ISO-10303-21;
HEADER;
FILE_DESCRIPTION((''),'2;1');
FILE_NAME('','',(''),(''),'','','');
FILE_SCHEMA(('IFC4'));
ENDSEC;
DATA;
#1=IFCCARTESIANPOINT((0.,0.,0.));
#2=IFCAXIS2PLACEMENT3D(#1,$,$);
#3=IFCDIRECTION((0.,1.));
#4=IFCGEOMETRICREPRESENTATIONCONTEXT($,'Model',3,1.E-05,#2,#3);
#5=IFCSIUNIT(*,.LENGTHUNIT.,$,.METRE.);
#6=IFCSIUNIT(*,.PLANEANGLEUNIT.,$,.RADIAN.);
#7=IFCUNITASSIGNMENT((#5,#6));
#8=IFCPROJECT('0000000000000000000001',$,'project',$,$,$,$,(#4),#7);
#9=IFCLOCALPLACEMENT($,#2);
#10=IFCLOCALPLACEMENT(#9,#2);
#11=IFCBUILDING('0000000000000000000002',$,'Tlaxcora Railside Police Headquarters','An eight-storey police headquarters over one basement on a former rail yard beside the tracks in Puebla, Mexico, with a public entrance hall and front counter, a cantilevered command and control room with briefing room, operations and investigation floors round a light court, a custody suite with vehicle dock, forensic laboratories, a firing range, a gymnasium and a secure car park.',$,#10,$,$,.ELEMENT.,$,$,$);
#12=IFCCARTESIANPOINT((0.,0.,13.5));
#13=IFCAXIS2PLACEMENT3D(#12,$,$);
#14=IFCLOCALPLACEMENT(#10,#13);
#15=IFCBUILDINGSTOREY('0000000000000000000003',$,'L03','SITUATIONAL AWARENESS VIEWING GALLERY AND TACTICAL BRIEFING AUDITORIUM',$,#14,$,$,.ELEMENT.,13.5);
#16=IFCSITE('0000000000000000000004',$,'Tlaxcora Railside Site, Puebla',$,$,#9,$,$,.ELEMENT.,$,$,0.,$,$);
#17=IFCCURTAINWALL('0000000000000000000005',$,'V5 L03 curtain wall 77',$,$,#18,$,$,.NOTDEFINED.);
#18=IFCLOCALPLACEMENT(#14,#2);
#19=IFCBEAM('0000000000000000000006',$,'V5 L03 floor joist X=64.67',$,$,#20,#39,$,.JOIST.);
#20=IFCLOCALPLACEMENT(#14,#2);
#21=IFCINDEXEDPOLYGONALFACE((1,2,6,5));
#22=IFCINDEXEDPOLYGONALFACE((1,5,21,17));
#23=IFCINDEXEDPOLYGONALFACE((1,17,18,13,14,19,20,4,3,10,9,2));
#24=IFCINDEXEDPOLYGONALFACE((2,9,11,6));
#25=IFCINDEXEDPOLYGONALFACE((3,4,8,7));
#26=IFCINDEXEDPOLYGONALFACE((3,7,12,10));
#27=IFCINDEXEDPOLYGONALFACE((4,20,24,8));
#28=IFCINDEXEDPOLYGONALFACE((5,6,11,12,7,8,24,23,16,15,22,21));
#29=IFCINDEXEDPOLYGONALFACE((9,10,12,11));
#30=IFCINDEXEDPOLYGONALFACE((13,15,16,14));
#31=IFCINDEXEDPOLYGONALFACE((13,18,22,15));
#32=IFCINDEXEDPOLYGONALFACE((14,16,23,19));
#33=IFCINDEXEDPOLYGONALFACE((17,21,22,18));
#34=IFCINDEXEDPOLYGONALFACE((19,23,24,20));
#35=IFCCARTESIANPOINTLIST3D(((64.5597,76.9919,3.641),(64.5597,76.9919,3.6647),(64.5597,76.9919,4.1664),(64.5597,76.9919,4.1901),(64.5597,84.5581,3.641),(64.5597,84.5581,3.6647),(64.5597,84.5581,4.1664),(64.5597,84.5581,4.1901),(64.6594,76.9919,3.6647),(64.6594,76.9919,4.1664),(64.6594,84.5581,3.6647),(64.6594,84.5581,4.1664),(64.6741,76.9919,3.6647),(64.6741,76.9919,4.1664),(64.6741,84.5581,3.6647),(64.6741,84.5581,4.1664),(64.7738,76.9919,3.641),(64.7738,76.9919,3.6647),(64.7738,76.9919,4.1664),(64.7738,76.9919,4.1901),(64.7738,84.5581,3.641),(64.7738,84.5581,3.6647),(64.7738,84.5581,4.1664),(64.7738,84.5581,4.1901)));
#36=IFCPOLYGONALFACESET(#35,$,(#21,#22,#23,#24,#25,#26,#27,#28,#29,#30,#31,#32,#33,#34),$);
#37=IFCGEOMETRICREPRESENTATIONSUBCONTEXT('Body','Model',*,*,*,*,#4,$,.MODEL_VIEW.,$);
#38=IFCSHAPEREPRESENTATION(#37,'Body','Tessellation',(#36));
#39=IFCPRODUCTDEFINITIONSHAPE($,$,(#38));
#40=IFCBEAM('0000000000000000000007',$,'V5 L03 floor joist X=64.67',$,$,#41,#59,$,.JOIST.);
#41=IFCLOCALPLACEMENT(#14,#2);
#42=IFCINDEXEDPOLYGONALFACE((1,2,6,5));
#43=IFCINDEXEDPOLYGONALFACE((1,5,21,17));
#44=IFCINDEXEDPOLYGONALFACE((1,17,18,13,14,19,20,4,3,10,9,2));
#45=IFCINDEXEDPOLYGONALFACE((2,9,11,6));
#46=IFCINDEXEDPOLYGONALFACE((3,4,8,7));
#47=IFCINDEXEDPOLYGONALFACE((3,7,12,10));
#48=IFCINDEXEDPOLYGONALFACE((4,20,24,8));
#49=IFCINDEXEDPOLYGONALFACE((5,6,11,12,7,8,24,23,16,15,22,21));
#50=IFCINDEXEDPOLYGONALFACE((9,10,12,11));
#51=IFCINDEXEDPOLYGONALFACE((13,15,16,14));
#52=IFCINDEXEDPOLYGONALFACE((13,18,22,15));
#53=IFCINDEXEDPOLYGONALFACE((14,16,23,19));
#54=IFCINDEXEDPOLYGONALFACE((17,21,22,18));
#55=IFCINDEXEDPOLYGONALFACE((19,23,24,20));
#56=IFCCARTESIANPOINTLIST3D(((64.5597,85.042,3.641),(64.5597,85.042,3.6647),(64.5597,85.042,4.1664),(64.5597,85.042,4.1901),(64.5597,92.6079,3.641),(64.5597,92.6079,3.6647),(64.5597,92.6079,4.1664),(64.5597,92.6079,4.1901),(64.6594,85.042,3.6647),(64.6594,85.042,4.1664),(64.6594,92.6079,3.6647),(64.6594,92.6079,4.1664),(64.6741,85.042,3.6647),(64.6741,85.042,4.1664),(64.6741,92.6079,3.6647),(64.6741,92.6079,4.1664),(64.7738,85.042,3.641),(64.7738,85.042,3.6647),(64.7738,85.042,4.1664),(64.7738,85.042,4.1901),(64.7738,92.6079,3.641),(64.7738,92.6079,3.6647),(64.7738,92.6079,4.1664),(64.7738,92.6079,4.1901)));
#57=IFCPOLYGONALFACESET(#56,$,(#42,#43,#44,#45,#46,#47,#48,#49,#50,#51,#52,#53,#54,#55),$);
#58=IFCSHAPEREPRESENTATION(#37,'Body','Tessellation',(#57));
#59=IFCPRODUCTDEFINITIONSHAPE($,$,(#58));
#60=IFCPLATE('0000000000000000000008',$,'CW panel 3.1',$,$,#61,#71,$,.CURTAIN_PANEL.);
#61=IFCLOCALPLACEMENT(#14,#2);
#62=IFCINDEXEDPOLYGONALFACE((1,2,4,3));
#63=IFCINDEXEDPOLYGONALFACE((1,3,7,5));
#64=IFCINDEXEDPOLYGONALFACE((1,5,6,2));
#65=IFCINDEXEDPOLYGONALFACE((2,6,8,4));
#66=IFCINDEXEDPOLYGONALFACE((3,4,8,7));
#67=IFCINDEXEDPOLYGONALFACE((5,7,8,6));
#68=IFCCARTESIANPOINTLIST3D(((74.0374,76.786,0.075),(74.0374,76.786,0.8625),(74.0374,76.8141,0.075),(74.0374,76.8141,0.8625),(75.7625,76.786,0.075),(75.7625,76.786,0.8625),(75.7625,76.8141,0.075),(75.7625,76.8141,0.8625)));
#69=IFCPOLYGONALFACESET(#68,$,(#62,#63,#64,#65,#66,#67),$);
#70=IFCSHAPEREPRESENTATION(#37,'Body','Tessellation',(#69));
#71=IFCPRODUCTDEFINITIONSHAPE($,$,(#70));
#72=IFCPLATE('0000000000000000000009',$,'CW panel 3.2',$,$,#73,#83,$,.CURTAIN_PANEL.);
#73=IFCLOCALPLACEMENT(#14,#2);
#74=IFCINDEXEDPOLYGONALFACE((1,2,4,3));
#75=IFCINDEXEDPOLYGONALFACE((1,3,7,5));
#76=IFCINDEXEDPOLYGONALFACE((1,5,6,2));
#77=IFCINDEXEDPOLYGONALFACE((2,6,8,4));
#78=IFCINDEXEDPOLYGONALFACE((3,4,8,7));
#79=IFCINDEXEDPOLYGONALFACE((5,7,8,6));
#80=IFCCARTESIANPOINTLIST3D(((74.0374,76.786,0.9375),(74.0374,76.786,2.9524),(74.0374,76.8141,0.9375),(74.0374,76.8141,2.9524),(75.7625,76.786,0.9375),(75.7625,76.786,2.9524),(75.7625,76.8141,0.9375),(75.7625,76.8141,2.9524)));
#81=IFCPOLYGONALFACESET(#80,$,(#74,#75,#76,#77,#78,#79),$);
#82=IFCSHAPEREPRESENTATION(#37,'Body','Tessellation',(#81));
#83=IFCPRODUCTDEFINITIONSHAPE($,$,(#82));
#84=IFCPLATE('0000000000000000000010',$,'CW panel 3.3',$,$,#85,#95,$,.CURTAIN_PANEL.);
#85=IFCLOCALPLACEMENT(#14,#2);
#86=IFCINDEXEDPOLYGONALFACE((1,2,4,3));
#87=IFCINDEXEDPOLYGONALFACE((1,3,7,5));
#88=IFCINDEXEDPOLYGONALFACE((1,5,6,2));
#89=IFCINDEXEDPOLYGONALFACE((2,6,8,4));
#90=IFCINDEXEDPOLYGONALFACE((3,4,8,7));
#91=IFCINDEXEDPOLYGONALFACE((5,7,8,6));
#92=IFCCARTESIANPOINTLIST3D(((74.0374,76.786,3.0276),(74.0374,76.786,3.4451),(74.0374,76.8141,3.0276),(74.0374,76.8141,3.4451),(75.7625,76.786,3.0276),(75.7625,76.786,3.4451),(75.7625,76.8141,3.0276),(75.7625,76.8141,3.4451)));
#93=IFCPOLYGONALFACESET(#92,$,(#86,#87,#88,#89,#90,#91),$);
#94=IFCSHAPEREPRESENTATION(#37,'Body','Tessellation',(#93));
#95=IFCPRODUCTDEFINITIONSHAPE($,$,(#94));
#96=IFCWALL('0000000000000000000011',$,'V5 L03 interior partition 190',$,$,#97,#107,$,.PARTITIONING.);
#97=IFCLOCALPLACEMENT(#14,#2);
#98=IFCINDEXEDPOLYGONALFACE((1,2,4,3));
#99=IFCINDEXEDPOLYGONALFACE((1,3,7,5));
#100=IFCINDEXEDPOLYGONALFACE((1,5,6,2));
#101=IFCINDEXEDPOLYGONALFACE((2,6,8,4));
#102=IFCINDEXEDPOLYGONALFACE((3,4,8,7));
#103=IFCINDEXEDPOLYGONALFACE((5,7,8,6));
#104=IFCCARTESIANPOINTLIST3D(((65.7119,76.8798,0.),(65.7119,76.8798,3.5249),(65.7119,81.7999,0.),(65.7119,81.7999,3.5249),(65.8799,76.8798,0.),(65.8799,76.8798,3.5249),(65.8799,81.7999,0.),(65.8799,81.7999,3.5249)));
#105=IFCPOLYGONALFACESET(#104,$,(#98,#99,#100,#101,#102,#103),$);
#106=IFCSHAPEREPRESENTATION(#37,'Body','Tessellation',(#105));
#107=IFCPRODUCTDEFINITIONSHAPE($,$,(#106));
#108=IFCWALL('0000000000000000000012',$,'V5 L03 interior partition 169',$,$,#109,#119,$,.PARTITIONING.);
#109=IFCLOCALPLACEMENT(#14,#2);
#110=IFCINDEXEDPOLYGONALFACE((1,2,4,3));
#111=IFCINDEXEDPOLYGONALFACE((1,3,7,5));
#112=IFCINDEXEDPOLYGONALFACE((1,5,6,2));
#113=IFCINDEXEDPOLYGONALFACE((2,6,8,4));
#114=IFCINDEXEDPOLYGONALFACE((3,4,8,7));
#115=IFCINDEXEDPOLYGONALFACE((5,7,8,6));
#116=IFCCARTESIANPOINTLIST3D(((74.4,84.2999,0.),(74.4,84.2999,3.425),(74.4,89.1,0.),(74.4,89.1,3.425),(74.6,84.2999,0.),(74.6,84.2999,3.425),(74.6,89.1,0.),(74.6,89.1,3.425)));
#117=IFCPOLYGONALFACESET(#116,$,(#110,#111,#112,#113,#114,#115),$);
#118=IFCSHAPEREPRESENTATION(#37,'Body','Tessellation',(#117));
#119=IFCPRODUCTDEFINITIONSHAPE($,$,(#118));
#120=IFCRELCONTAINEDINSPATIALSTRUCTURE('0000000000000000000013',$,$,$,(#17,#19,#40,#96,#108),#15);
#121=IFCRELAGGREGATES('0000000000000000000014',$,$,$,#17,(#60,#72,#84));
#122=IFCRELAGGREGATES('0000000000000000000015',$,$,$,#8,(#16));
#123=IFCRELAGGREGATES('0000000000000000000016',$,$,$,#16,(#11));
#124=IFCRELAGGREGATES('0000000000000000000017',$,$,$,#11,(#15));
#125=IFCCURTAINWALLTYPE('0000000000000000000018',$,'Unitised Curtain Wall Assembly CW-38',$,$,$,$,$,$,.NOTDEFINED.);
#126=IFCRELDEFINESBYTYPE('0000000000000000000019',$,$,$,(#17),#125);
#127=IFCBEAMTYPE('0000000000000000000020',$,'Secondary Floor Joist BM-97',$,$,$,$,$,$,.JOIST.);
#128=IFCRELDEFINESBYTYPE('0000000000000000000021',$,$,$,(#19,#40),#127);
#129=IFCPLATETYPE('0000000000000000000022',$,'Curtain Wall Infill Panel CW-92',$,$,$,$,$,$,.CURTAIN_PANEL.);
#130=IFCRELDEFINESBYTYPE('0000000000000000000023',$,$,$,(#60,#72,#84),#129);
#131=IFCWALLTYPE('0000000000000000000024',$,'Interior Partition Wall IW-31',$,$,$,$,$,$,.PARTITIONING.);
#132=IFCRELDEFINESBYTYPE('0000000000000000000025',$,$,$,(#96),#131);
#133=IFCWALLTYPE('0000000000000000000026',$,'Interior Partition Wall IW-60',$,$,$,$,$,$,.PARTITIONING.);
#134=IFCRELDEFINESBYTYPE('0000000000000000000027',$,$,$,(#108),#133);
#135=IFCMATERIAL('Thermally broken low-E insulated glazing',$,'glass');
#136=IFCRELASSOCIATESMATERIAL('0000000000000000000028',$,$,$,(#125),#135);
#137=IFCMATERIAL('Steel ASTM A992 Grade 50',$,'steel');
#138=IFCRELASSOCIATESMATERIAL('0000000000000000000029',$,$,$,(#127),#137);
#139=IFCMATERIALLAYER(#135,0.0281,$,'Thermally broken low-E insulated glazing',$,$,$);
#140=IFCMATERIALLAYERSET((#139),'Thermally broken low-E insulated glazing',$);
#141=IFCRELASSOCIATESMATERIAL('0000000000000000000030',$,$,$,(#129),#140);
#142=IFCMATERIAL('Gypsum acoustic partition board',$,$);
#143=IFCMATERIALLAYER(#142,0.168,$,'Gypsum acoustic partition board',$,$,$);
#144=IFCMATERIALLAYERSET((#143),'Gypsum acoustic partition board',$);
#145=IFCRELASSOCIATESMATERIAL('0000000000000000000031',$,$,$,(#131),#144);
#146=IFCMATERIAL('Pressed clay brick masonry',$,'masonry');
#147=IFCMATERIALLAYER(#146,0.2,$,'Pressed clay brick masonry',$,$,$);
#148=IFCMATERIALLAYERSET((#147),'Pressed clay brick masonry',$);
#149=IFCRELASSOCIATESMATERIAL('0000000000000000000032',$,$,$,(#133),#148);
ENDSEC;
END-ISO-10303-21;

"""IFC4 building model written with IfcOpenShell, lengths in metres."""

from ifc_helpers import new_model, si_unit, direction, frame, frame_2d, origin, origin_2d, place, context, subcontext, project, spatial, rectangle, i_section, extrude, material, layer, layer_set, material_profile, profile_set, type_object, element, aggregate, save


model = new_model("IFC4")

# Units and contexts
model_context = context("Model", 3, precision=1e-05, world=origin(), true_north=direction((0.0, 1.0)))
body_context = subcontext(model_context, "Body", "Model", "MODEL_VIEW")
ifc_project = project(units=[si_unit("LENGTHUNIT", "METRE"), si_unit("PLANEANGLEUNIT", "RADIAN")], contexts=[model_context])

# Site, building, storey
site_placement = place(None, origin())
site = spatial("IfcSite", under=ifc_project, at=site_placement, Name="Tlaxcora Railside Site, Puebla", CompositionType="ELEMENT", RefElevation=0.0)
building_placement = place(site_placement, origin())
building = spatial("IfcBuilding", under=site, at=building_placement, Name="Tlaxcora Railside Police Headquarters", Description="An eight-storey police headquarters over one basement on a former rail yard beside the tracks in Puebla, Mexico, with a public entrance hall and front counter, a cantilevered command and control room with briefing room, operations and investigation floors round a light court, a custody suite with vehicle dock, forensic laboratories, a firing range, a gymnasium and a secure car park.", CompositionType="ELEMENT")
storey_placement = place(building_placement, frame((0.0, 0.0, 13.5)))
storey = spatial("IfcBuildingStorey", under=building, at=storey_placement, Name="L03", Description="SITUATIONAL AWARENESS VIEWING GALLERY AND TACTICAL BRIEFING AUDITORIUM", CompositionType="ELEMENT", Elevation=13.5)

# Curtain wall
ifc_material_1 = material(Name="Thermally broken low-E insulated glazing", Category="glass")
curtain_wall_type = type_object("IfcCurtainWallType", Name="Unitised Curtain Wall Assembly CW-38", PredefinedType="NOTDEFINED", material=ifc_material_1)
curtain_wall_placement = place(storey_placement, origin())
curtain_wall = element("IfcCurtainWall", 1, at=curtain_wall_placement, inside=storey, type_object=curtain_wall_type, Name="V5 L03 curtain wall 77", PredefinedType="NOTDEFINED")

# Beams
ifc_material_2 = material(Name="Steel ASTM A992 Grade 50", Category="steel")
ifc_material_profile_1 = material_profile(ifc_material_2, i_section(OverallWidth=0.2141, OverallDepth=0.5491, WebThickness=0.0146, FlangeThickness=0.0237, at=origin_2d()), Name="W21X93")
ifc_profile_set_1 = profile_set([ifc_material_profile_1], Name="Steel ASTM A992 Grade 50")
beam_type_1 = type_object("IfcBeamType", Name="Secondary Floor Joist BM-97", PredefinedType="JOIST", material=ifc_profile_set_1)
beam_1_placement = place(storey_placement, frame((64.6667, 76.9919, 3.9155), z_axis=(0.0, 1.0, 0.0), x_axis=(-1.0, 0.0, 0.0)))
element("IfcBeam", 2, at=beam_1_placement, inside=storey, type_object=beam_type_1, Name="V5 L03 floor joist X=64.67", PredefinedType="JOIST", context=body_context, shape_type="SweptSolid", body=[
    extrude(i_section(OverallWidth=0.2141, OverallDepth=0.5491, WebThickness=0.0146, FlangeThickness=0.0237, at=origin_2d()), origin(), (0.0, 0.0, 1.0), 7.5662),
])
beam_2_placement = place(storey_placement, frame((64.6667, 85.042, 3.9155), z_axis=(0.0, 1.0, 0.0), x_axis=(-1.0, 0.0, 0.0)))
element("IfcBeam", 3, at=beam_2_placement, inside=storey, type_object=beam_type_1, Name="V5 L03 floor joist X=64.67", PredefinedType="JOIST", context=body_context, shape_type="SweptSolid", body=[
    extrude(i_section(OverallWidth=0.2141, OverallDepth=0.5491, WebThickness=0.0146, FlangeThickness=0.0237, at=origin_2d()), origin(), (0.0, 0.0, 1.0), 7.5659),
])

# Plates
ifc_layer_1 = layer(ifc_material_1, 0.0281, Name="Thermally broken low-E insulated glazing")
ifc_layer_set_1 = layer_set([ifc_layer_1], Name="Thermally broken low-E insulated glazing")
plate_type = type_object("IfcPlateType", Name="Curtain Wall Infill Panel CW-92", PredefinedType="CURTAIN_PANEL", material=ifc_layer_set_1)
plate_1_placement = place(storey_placement, frame((74.8999, 76.8, 0.075), z_axis=(0.0, 0.0, 1.0), x_axis=(1.0, 0.0, 0.0)))
plate_1 = element("IfcPlate", 4, at=plate_1_placement, type_object=plate_type, Name="CW panel 3.1", PredefinedType="CURTAIN_PANEL", context=body_context, shape_type="SweptSolid", body=[
    extrude(rectangle(XDim=1.7251, YDim=0.0281, at=origin_2d()), origin(), (0.0, 0.0, 1.0), 0.7876),
])
plate_2_placement = place(storey_placement, frame((74.8999, 76.8, 0.9375), z_axis=(0.0, 0.0, 1.0), x_axis=(1.0, 0.0, 0.0)))
plate_2 = element("IfcPlate", 5, at=plate_2_placement, type_object=plate_type, Name="CW panel 3.2", PredefinedType="CURTAIN_PANEL", context=body_context, shape_type="SweptSolid", body=[
    extrude(rectangle(XDim=1.7251, YDim=0.0281, at=origin_2d()), origin(), (0.0, 0.0, 1.0), 2.0149),
])
plate_3_placement = place(storey_placement, frame((74.8999, 76.8, 3.0276), z_axis=(0.0, 0.0, 1.0), x_axis=(1.0, 0.0, 0.0)))
plate_3 = element("IfcPlate", 6, at=plate_3_placement, type_object=plate_type, Name="CW panel 3.3", PredefinedType="CURTAIN_PANEL", context=body_context, shape_type="SweptSolid", body=[
    extrude(rectangle(XDim=1.7251, YDim=0.0281, at=origin_2d()), origin(), (0.0, 0.0, 1.0), 0.4175),
])
aggregate(curtain_wall, [plate_1, plate_2, plate_3])

# Wall
ifc_material_3 = material(Name="Gypsum acoustic partition board")
ifc_layer_2 = layer(ifc_material_3, 0.168, Name="Gypsum acoustic partition board")
ifc_layer_set_2 = layer_set([ifc_layer_2], Name="Gypsum acoustic partition board")
wall_type_1 = type_object("IfcWallType", Name="Interior Partition Wall IW-31", PredefinedType="PARTITIONING", material=ifc_layer_set_2)
wall_1_placement = place(storey_placement, frame((65.7959, 76.8799, 0.0), z_axis=(0.0, 0.0, 1.0), x_axis=(0.0, 1.0, 0.0)))
element("IfcWall", 7, at=wall_1_placement, inside=storey, type_object=wall_type_1, Name="V5 L03 interior partition 190", PredefinedType="PARTITIONING", context=body_context, shape_type="SweptSolid", body=[
    extrude(rectangle(XDim=4.9202, YDim=0.168, at=frame_2d((2.46, 0.0))), origin(), (0.0, 0.0, 1.0), 3.5249),
])

# Shared definitions
ifc_material_4 = material(Name="Pressed clay brick masonry", Category="masonry")
ifc_layer_3 = layer(ifc_material_4, 0.2, Name="Pressed clay brick masonry")
ifc_layer_set_3 = layer_set([ifc_layer_3], Name="Pressed clay brick masonry")
wall_type_2 = type_object("IfcWallType", Name="Interior Partition Wall IW-60", PredefinedType="PARTITIONING", material=ifc_layer_set_3)

# Wall
wall_2_placement = place(storey_placement, frame((74.5, 84.3, 0.0), z_axis=(0.0, 0.0, 1.0), x_axis=(0.0, 1.0, 0.0)))
element("IfcWall", 8, at=wall_2_placement, inside=storey, type_object=wall_type_2, Name="V5 L03 interior partition 169", PredefinedType="PARTITIONING", context=body_context, shape_type="SweptSolid", body=[
    extrude(rectangle(XDim=4.8, YDim=0.2, at=frame_2d((2.3999, 0.0))), origin(), (0.0, 0.0, 1.0), 3.425),
])

save(model, "model.ifc")
